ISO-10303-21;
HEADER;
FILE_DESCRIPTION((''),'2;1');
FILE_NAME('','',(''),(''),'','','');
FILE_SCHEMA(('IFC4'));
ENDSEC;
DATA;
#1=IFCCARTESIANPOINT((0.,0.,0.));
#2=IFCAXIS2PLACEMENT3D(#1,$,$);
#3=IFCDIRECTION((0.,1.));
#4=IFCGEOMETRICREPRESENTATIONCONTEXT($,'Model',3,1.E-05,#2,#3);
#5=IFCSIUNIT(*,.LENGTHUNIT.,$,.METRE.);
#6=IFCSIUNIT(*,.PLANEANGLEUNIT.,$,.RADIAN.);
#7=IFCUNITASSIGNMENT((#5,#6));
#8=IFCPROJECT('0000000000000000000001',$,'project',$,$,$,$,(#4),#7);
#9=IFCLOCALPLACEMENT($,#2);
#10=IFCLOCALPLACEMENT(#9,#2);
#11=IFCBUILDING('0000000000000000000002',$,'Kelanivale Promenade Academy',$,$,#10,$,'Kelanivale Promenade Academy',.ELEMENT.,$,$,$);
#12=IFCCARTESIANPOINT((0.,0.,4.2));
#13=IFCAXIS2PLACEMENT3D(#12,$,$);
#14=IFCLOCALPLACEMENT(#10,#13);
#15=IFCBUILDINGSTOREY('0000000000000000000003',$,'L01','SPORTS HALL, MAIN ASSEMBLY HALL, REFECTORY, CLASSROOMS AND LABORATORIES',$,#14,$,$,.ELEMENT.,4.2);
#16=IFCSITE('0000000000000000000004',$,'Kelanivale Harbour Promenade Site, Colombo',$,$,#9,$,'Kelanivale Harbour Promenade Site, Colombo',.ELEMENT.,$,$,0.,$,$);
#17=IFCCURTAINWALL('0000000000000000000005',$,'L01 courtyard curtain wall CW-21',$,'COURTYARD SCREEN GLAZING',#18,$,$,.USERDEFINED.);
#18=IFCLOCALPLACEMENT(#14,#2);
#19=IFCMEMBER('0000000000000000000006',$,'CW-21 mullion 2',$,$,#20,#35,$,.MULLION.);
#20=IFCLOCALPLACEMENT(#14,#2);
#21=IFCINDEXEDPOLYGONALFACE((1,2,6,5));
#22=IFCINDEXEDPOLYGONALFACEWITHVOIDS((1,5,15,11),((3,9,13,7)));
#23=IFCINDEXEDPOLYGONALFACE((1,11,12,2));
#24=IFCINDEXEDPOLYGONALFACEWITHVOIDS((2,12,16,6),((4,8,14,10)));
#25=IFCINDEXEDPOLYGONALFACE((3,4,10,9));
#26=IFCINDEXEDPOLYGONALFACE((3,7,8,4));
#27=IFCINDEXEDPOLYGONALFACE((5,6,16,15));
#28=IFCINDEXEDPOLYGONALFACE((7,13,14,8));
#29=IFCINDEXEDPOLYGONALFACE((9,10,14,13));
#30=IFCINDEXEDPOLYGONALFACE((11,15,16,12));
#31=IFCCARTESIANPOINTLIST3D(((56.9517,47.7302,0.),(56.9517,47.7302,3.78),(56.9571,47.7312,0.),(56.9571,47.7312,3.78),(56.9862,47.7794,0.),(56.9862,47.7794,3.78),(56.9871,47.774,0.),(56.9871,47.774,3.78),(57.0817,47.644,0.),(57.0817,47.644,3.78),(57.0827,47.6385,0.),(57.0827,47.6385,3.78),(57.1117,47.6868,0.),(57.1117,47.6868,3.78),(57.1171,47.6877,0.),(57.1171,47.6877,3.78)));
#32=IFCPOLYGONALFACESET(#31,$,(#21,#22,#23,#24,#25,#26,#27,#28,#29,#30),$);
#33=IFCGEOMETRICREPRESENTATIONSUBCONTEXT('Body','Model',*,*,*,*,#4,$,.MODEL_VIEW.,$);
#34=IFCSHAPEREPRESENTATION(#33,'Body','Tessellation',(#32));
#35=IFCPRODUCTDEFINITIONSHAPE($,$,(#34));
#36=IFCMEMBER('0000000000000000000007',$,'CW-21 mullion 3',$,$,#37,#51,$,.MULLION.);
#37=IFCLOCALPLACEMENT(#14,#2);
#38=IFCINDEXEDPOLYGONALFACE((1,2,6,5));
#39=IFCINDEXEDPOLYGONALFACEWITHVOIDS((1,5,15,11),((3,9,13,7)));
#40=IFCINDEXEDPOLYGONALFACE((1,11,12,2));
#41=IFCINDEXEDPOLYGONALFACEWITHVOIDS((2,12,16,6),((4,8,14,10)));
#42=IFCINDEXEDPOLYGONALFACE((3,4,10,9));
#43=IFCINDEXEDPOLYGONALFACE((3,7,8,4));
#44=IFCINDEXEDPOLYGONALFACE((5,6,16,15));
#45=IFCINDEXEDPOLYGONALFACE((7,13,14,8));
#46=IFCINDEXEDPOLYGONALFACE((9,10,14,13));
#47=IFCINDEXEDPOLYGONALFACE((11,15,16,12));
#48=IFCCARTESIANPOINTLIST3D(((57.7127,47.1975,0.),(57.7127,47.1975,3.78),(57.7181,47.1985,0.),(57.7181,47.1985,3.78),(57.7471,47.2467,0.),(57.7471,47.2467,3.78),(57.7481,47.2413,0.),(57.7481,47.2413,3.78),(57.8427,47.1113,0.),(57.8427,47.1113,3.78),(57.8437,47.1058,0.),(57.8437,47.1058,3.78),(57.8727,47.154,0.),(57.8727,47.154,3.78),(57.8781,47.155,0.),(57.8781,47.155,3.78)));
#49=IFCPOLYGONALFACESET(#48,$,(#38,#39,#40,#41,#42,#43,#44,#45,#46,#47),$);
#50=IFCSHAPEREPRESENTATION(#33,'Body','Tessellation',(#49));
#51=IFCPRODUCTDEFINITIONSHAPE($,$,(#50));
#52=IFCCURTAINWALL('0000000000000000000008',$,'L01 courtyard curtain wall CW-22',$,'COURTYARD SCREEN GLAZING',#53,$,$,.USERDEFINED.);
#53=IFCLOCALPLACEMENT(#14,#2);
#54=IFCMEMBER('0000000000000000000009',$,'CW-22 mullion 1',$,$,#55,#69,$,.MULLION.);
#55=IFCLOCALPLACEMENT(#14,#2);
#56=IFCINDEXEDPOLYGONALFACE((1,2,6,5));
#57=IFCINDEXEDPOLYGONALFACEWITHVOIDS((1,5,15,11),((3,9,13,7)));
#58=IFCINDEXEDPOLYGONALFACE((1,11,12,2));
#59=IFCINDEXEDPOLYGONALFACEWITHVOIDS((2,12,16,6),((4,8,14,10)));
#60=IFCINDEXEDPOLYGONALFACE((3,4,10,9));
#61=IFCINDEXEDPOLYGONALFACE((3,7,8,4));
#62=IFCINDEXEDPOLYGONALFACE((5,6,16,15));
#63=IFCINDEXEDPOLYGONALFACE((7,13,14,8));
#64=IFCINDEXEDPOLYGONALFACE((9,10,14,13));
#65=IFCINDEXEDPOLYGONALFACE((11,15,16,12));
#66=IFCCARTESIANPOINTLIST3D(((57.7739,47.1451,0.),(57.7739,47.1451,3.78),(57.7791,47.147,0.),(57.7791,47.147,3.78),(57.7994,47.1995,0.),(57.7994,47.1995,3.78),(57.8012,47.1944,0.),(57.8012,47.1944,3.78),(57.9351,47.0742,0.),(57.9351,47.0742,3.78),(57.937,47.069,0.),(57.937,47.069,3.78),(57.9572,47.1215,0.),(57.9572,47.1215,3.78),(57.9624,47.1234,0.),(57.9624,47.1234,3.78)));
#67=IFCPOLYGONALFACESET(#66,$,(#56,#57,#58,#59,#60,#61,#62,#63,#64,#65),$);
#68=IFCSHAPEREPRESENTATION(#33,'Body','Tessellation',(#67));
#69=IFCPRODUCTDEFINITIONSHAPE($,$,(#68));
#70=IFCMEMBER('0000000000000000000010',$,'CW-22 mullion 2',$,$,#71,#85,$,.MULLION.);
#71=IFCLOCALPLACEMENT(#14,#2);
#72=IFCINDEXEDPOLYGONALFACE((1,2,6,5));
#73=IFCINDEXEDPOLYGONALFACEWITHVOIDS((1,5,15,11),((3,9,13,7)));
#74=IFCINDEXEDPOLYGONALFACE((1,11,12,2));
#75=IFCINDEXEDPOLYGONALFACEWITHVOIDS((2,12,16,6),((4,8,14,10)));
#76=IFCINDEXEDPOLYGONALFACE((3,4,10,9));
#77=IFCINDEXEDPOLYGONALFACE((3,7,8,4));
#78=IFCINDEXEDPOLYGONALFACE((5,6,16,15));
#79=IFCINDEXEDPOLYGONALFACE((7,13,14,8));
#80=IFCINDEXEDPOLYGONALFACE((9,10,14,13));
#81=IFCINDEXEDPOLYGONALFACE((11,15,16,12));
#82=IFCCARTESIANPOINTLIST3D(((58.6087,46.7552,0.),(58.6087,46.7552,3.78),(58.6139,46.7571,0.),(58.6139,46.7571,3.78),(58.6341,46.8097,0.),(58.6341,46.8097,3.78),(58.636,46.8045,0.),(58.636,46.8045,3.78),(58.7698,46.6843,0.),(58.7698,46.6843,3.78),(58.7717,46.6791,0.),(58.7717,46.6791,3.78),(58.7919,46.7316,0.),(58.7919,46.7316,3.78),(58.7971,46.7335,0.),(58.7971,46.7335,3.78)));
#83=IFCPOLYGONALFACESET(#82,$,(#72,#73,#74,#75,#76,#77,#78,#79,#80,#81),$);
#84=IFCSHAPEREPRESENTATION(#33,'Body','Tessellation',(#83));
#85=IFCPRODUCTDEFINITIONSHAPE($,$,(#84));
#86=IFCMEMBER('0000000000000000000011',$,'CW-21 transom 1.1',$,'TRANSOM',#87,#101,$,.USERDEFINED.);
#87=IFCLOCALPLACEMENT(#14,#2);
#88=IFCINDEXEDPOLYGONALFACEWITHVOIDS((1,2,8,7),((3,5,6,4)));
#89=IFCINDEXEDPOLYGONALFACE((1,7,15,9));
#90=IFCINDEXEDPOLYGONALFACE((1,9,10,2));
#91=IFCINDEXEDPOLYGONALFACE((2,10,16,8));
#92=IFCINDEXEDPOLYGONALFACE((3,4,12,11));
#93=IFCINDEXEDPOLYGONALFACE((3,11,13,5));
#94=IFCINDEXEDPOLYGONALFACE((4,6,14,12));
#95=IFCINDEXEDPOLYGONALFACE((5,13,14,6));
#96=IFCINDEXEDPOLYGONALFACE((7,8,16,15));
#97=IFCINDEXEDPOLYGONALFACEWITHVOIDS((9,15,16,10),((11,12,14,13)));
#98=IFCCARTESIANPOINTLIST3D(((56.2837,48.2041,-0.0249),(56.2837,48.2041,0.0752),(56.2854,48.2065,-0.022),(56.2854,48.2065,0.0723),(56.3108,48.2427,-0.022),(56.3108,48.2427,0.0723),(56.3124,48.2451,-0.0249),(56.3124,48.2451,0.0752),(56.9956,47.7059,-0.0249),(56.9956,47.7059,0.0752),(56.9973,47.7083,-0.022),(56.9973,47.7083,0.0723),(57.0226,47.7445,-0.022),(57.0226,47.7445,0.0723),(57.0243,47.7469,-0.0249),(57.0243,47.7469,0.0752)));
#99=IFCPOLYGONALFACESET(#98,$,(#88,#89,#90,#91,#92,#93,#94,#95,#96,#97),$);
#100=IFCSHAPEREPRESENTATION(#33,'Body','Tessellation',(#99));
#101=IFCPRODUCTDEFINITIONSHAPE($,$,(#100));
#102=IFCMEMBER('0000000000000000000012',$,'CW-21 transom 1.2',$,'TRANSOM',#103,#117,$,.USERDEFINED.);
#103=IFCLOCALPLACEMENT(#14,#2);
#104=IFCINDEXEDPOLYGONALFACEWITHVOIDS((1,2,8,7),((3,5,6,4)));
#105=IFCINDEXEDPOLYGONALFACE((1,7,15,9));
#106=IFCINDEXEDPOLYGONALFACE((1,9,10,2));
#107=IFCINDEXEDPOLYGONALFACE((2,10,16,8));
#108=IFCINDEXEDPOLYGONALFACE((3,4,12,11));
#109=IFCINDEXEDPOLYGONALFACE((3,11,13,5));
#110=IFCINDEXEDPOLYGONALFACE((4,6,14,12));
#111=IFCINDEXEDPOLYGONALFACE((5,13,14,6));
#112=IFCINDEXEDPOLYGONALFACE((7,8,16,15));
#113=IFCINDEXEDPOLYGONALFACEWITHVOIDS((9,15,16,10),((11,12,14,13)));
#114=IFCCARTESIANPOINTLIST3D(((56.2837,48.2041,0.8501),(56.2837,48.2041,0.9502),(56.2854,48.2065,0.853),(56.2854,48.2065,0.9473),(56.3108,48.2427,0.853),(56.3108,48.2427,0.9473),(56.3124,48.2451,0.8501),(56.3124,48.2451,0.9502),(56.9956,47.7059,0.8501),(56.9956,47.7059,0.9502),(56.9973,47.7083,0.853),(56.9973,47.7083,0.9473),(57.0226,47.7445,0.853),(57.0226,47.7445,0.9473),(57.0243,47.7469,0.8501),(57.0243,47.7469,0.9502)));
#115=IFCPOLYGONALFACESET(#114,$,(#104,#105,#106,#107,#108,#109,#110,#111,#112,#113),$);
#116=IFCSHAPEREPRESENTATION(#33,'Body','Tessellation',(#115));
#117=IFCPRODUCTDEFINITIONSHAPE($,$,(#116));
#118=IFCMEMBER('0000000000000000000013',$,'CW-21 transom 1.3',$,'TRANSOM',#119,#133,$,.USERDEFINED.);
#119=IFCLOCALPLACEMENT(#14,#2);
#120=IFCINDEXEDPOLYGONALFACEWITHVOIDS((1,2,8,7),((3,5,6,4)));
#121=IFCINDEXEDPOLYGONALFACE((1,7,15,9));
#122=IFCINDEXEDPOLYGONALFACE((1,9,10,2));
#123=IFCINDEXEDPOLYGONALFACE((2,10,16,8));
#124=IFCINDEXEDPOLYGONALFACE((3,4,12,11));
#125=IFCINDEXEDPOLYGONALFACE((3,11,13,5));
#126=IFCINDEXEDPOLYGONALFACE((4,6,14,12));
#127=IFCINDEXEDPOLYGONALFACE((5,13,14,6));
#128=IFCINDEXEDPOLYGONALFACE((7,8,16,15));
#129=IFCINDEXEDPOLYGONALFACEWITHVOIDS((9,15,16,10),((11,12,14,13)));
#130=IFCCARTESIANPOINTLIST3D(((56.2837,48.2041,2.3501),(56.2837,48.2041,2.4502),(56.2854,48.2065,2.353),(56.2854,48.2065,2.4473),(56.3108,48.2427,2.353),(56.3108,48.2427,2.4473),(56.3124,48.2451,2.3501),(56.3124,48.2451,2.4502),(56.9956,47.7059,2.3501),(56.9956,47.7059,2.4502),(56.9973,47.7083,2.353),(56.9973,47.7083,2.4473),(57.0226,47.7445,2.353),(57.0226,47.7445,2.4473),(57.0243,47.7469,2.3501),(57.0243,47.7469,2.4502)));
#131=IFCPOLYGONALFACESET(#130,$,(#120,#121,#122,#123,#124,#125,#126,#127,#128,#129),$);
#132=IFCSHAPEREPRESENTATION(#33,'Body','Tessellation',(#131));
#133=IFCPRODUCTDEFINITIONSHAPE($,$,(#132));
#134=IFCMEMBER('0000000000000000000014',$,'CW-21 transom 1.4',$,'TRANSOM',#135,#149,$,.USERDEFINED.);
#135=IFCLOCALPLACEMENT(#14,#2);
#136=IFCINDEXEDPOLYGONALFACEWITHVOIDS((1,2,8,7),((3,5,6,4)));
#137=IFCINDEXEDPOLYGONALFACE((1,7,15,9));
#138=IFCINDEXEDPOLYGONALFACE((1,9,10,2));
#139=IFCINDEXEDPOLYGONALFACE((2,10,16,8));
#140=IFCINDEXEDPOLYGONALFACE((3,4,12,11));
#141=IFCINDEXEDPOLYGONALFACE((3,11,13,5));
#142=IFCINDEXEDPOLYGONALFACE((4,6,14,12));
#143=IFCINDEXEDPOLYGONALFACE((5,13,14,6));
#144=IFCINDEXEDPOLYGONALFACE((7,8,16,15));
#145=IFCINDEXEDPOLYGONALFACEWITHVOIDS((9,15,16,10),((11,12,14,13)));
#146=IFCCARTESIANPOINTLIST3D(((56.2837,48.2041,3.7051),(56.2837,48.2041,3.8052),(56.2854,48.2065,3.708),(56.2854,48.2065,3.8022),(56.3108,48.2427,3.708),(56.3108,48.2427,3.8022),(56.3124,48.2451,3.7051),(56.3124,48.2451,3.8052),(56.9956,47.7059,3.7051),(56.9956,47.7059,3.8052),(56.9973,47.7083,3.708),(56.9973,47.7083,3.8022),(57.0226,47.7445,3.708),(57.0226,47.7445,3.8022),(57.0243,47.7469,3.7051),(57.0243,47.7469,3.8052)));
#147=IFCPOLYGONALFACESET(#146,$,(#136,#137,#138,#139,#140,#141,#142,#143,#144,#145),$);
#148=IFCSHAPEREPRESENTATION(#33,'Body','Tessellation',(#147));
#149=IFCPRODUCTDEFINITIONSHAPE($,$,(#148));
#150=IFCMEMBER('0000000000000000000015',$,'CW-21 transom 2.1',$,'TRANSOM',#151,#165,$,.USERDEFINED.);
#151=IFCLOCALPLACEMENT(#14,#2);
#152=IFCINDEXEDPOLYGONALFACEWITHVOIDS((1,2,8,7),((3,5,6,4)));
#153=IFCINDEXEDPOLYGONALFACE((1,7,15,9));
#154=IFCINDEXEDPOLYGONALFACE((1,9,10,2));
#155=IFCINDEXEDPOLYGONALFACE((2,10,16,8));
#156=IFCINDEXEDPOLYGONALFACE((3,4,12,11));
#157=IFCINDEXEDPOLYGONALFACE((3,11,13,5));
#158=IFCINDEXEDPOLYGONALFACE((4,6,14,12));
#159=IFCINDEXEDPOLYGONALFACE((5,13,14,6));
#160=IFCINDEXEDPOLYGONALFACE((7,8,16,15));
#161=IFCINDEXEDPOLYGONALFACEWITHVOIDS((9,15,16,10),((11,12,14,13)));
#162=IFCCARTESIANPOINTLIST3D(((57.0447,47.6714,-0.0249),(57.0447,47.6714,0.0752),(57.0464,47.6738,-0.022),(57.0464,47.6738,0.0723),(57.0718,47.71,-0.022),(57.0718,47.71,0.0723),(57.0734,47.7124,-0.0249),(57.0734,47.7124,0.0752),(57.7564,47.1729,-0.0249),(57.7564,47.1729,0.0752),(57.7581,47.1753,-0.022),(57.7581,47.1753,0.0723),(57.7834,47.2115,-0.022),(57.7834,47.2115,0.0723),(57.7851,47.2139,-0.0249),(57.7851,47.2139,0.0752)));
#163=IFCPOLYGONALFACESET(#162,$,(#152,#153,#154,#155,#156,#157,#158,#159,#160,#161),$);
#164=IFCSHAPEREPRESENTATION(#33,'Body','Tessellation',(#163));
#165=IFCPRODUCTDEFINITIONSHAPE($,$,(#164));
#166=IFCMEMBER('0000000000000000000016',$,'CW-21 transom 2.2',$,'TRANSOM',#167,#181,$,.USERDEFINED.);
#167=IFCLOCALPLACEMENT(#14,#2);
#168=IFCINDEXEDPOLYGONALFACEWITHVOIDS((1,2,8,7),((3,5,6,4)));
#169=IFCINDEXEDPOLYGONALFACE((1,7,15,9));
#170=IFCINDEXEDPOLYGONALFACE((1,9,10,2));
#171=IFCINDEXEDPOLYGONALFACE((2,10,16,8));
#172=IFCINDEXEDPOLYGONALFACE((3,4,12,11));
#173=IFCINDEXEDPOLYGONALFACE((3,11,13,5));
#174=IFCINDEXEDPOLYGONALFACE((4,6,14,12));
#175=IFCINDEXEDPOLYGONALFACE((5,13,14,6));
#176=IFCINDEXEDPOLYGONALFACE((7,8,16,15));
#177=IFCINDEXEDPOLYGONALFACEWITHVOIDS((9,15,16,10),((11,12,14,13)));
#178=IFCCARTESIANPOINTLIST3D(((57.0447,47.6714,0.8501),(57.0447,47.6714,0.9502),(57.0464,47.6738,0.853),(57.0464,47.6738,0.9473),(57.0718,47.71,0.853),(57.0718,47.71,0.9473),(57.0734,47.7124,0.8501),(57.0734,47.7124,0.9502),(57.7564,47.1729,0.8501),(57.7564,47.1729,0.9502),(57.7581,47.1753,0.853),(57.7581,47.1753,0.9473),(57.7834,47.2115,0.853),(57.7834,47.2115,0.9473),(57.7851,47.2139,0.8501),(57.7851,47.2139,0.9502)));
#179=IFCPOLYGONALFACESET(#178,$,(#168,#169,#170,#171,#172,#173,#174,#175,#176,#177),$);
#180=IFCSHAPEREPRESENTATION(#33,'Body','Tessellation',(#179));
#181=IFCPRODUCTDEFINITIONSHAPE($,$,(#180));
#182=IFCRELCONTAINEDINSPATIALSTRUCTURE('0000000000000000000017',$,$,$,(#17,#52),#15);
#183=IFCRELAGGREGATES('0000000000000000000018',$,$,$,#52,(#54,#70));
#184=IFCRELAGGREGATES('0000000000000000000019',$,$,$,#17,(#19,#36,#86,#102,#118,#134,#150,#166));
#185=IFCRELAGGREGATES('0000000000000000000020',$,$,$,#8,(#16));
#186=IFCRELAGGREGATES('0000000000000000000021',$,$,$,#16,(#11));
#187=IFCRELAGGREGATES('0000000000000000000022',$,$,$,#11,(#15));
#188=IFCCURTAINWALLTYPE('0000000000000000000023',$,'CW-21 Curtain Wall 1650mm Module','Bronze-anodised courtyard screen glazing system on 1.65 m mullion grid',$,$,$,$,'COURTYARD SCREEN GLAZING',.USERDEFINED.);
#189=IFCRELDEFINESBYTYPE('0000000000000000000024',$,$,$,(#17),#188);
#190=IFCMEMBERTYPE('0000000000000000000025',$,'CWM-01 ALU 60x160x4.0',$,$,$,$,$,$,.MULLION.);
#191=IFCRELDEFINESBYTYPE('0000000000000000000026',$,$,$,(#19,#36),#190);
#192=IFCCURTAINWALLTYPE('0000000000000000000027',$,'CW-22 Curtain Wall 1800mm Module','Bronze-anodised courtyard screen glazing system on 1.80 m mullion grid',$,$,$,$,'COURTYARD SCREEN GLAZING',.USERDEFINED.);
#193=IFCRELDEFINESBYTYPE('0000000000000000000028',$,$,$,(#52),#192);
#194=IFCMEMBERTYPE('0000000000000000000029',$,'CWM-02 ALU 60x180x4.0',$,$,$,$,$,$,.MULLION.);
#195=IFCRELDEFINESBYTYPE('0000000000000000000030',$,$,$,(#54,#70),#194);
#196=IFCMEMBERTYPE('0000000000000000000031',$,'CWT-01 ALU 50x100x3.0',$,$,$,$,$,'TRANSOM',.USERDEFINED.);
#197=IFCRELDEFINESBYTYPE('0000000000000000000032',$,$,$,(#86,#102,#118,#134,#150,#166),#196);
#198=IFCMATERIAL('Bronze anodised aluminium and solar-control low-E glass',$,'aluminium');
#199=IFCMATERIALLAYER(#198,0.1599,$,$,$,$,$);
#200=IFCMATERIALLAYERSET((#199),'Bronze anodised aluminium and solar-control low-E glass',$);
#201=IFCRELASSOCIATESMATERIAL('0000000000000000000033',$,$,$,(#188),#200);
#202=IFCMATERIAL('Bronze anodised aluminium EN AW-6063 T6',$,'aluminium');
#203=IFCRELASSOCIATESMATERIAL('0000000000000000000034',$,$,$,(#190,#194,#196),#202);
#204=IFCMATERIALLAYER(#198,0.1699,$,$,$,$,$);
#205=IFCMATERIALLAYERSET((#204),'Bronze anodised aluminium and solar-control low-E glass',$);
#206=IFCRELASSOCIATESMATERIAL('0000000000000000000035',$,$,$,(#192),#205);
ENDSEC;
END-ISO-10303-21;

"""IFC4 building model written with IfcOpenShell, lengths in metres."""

from ifc_helpers import new_model, si_unit, direction, frame, origin, origin_2d, place, context, subcontext, project, spatial, hollow_rectangle, extrude, material, layer, layer_set, material_profile, profile_set, type_object, element, aggregate, save


model = new_model("IFC4")

# Units and contexts
model_context = context("Model", 3, precision=1e-05, world=origin(), true_north=direction((0.0, 1.0)))
body_context = subcontext(model_context, "Body", "Model", "MODEL_VIEW")
ifc_project = project(units=[si_unit("LENGTHUNIT", "METRE"), si_unit("PLANEANGLEUNIT", "RADIAN")], contexts=[model_context])

# Site, building, storey
site_placement = place(None, origin())
site = spatial("IfcSite", under=ifc_project, at=site_placement, Name="Kelanivale Harbour Promenade Site, Colombo", LongName="Kelanivale Harbour Promenade Site, Colombo", CompositionType="ELEMENT", RefElevation=0.0)
building_placement = place(site_placement, origin())
building = spatial("IfcBuilding", under=site, at=building_placement, Name="Kelanivale Promenade Academy", LongName="Kelanivale Promenade Academy", CompositionType="ELEMENT")
storey_placement = place(building_placement, frame((0.0, 0.0, 4.2)))
storey = spatial("IfcBuildingStorey", under=building, at=storey_placement, Name="L01", Description="SPORTS HALL, MAIN ASSEMBLY HALL, REFECTORY, CLASSROOMS AND LABORATORIES", CompositionType="ELEMENT", Elevation=4.2)

# Curtain walls, members
ifc_material_1 = material(Name="Bronze anodised aluminium and solar-control low-E glass", Category="aluminium")
ifc_layer_1 = layer(ifc_material_1, 0.1599)
ifc_layer_set_1 = layer_set([ifc_layer_1], Name="Bronze anodised aluminium and solar-control low-E glass")
curtain_wall_type_1 = type_object("IfcCurtainWallType", Name="CW-21 Curtain Wall 1650mm Module", Description="Bronze-anodised courtyard screen glazing system on 1.65 m mullion grid", ElementType="COURTYARD SCREEN GLAZING", PredefinedType="USERDEFINED", material=ifc_layer_set_1)
curtain_wall_1_placement = place(storey_placement, origin())
curtain_wall_1 = element("IfcCurtainWall", 1, at=curtain_wall_1_placement, inside=storey, type_object=curtain_wall_type_1, Name="L01 courtyard curtain wall CW-21", ObjectType="COURTYARD SCREEN GLAZING", PredefinedType="USERDEFINED")
ifc_material_2 = material(Name="Bronze anodised aluminium EN AW-6063 T6", Category="aluminium")
ifc_material_profile_1 = material_profile(ifc_material_2, hollow_rectangle(XDim=0.0601, YDim=0.1599, WallThickness=0.0039, at=origin_2d()), Name="ALU 60x160x4.0")
ifc_profile_set_1 = profile_set([ifc_material_profile_1], Name="Bronze anodised aluminium EN AW-6063 T6")
member_type_1 = type_object("IfcMemberType", Name="CWM-01 ALU 60x160x4.0", PredefinedType="MULLION", material=ifc_profile_set_1)
member_1_placement = place(storey_placement, frame((57.0344, 47.709, 0.0), z_axis=(0.0, 0.0, 1.0), x_axis=(0.573567, 0.819158, 0.0)))
member_1 = element("IfcMember", 2, at=member_1_placement, type_object=member_type_1, Name="CW-21 mullion 2", PredefinedType="MULLION", context=body_context, shape_type="SweptSolid", body=[
    extrude(hollow_rectangle(XDim=0.0601, YDim=0.1599, WallThickness=0.0039, at=origin_2d()), origin(), (0.0, 0.0, 1.0), 3.78),
])
member_2_placement = place(storey_placement, frame((57.7954, 47.1763, 0.0), z_axis=(0.0, 0.0, 1.0), x_axis=(0.573567, 0.819158, 0.0)))
member_2 = element("IfcMember", 3, at=member_2_placement, type_object=member_type_1, Name="CW-21 mullion 3", PredefinedType="MULLION", context=body_context, shape_type="SweptSolid", body=[
    extrude(hollow_rectangle(XDim=0.0601, YDim=0.1599, WallThickness=0.0039, at=origin_2d()), origin(), (0.0, 0.0, 1.0), 3.78),
])
ifc_layer_2 = layer(ifc_material_1, 0.1699)
ifc_layer_set_2 = layer_set([ifc_layer_2], Name="Bronze anodised aluminium and solar-control low-E glass")
curtain_wall_type_2 = type_object("IfcCurtainWallType", Name="CW-22 Curtain Wall 1800mm Module", Description="Bronze-anodised courtyard screen glazing system on 1.80 m mullion grid", ElementType="COURTYARD SCREEN GLAZING", PredefinedType="USERDEFINED", material=ifc_layer_set_2)
curtain_wall_2_placement = place(storey_placement, origin())
curtain_wall_2 = element("IfcCurtainWall", 4, at=curtain_wall_2_placement, inside=storey, type_object=curtain_wall_type_2, Name="L01 courtyard curtain wall CW-22", ObjectType="COURTYARD SCREEN GLAZING", PredefinedType="USERDEFINED")
ifc_material_profile_2 = material_profile(ifc_material_2, hollow_rectangle(XDim=0.0601, YDim=0.1799, WallThickness=0.0039, at=origin_2d()), Name="ALU 60x180x4.0")
ifc_profile_set_2 = profile_set([ifc_material_profile_2], Name="Bronze anodised aluminium EN AW-6063 T6")
member_type_2 = type_object("IfcMemberType", Name="CWM-02 ALU 60x180x4.0", PredefinedType="MULLION", material=ifc_profile_set_2)
member_3_placement = place(storey_placement, frame((57.8682, 47.1343, 0.0), z_axis=(0.0, 0.0, 1.0), x_axis=(0.423087, 0.906089, 0.0)))
member_3 = element("IfcMember", 5, at=member_3_placement, type_object=member_type_2, Name="CW-22 mullion 1", PredefinedType="MULLION", context=body_context, shape_type="SweptSolid", body=[
    extrude(hollow_rectangle(XDim=0.0601, YDim=0.1799, WallThickness=0.0039, at=origin_2d()), origin(), (0.0, 0.0, 1.0), 3.78),
])
member_4_placement = place(storey_placement, frame((58.7029, 46.7444, 0.0), z_axis=(0.0, 0.0, 1.0), x_axis=(0.423087, 0.906089, 0.0)))
member_4 = element("IfcMember", 6, at=member_4_placement, type_object=member_type_2, Name="CW-22 mullion 2", PredefinedType="MULLION", context=body_context, shape_type="SweptSolid", body=[
    extrude(hollow_rectangle(XDim=0.0601, YDim=0.1799, WallThickness=0.0039, at=origin_2d()), origin(), (0.0, 0.0, 1.0), 3.78),
])

# Members
ifc_material_profile_3 = material_profile(ifc_material_2, hollow_rectangle(XDim=0.05, YDim=0.1001, WallThickness=0.0029, at=origin_2d()), Name="ALU 50x100x3.0")
ifc_profile_set_3 = profile_set([ifc_material_profile_3], Name="Bronze anodised aluminium EN AW-6063 T6")
member_type_3 = type_object("IfcMemberType", Name="CWT-01 ALU 50x100x3.0", ElementType="TRANSOM", PredefinedType="USERDEFINED", material=ifc_profile_set_3)
member_5_placement = place(storey_placement, frame((56.2981, 48.2246, 0.0251), z_axis=(0.819258, -0.573425, 0.0), x_axis=(0.573425, 0.819258, 0.0)))
member_5 = element("IfcMember", 7, at=member_5_placement, type_object=member_type_3, Name="CW-21 transom 1.1", ObjectType="TRANSOM", PredefinedType="USERDEFINED", context=body_context, shape_type="SweptSolid", body=[
    extrude(hollow_rectangle(XDim=0.05, YDim=0.1001, WallThickness=0.0029, at=origin_2d()), origin(), (0.0, 0.0, 1.0), 0.8689),
])
member_6_placement = place(storey_placement, frame((56.2981, 48.2246, 0.9001), z_axis=(0.819258, -0.573425, 0.0), x_axis=(0.573425, 0.819258, 0.0)))
member_6 = element("IfcMember", 8, at=member_6_placement, type_object=member_type_3, Name="CW-21 transom 1.2", ObjectType="TRANSOM", PredefinedType="USERDEFINED", context=body_context, shape_type="SweptSolid", body=[
    extrude(hollow_rectangle(XDim=0.05, YDim=0.1001, WallThickness=0.0029, at=origin_2d()), origin(), (0.0, 0.0, 1.0), 0.8689),
])
member_7_placement = place(storey_placement, frame((56.2981, 48.2246, 2.4001), z_axis=(0.819258, -0.573425, 0.0), x_axis=(0.573425, 0.819258, 0.0)))
member_7 = element("IfcMember", 9, at=member_7_placement, type_object=member_type_3, Name="CW-21 transom 1.3", ObjectType="TRANSOM", PredefinedType="USERDEFINED", context=body_context, shape_type="SweptSolid", body=[
    extrude(hollow_rectangle(XDim=0.05, YDim=0.1001, WallThickness=0.0029, at=origin_2d()), origin(), (0.0, 0.0, 1.0), 0.8689),
])
member_8_placement = place(storey_placement, frame((56.2981, 48.2246, 3.7551), z_axis=(0.819258, -0.573425, 0.0), x_axis=(0.573425, 0.819258, 0.0)))
member_8 = element("IfcMember", 10, at=member_8_placement, type_object=member_type_3, Name="CW-21 transom 1.4", ObjectType="TRANSOM", PredefinedType="USERDEFINED", context=body_context, shape_type="SweptSolid", body=[
    extrude(hollow_rectangle(XDim=0.05, YDim=0.1001, WallThickness=0.0029, at=origin_2d()), origin(), (0.0, 0.0, 1.0), 0.8689),
])
member_9_placement = place(storey_placement, frame((57.0591, 47.6919, 0.0251), z_axis=(0.819034, -0.573745, 0.0), x_axis=(0.573745, 0.819034, 0.0)))
member_9 = element("IfcMember", 11, at=member_9_placement, type_object=member_type_3, Name="CW-21 transom 2.1", ObjectType="TRANSOM", PredefinedType="USERDEFINED", context=body_context, shape_type="SweptSolid", body=[
    extrude(hollow_rectangle(XDim=0.05, YDim=0.1001, WallThickness=0.0029, at=origin_2d()), origin(), (0.0, 0.0, 1.0), 0.8689),
])
member_10_placement = place(storey_placement, frame((57.0591, 47.6919, 0.9001), z_axis=(0.819034, -0.573745, 0.0), x_axis=(0.573745, 0.819034, 0.0)))
member_10 = element("IfcMember", 12, at=member_10_placement, type_object=member_type_3, Name="CW-21 transom 2.2", ObjectType="TRANSOM", PredefinedType="USERDEFINED", context=body_context, shape_type="SweptSolid", body=[
    extrude(hollow_rectangle(XDim=0.05, YDim=0.1001, WallThickness=0.0029, at=origin_2d()), origin(), (0.0, 0.0, 1.0), 0.8689),
])

aggregate(curtain_wall_2, [member_3, member_4])
aggregate(curtain_wall_1, [member_1, member_2, member_5, member_6, member_7, member_8, member_9, member_10])

save(model, "model.ifc")
